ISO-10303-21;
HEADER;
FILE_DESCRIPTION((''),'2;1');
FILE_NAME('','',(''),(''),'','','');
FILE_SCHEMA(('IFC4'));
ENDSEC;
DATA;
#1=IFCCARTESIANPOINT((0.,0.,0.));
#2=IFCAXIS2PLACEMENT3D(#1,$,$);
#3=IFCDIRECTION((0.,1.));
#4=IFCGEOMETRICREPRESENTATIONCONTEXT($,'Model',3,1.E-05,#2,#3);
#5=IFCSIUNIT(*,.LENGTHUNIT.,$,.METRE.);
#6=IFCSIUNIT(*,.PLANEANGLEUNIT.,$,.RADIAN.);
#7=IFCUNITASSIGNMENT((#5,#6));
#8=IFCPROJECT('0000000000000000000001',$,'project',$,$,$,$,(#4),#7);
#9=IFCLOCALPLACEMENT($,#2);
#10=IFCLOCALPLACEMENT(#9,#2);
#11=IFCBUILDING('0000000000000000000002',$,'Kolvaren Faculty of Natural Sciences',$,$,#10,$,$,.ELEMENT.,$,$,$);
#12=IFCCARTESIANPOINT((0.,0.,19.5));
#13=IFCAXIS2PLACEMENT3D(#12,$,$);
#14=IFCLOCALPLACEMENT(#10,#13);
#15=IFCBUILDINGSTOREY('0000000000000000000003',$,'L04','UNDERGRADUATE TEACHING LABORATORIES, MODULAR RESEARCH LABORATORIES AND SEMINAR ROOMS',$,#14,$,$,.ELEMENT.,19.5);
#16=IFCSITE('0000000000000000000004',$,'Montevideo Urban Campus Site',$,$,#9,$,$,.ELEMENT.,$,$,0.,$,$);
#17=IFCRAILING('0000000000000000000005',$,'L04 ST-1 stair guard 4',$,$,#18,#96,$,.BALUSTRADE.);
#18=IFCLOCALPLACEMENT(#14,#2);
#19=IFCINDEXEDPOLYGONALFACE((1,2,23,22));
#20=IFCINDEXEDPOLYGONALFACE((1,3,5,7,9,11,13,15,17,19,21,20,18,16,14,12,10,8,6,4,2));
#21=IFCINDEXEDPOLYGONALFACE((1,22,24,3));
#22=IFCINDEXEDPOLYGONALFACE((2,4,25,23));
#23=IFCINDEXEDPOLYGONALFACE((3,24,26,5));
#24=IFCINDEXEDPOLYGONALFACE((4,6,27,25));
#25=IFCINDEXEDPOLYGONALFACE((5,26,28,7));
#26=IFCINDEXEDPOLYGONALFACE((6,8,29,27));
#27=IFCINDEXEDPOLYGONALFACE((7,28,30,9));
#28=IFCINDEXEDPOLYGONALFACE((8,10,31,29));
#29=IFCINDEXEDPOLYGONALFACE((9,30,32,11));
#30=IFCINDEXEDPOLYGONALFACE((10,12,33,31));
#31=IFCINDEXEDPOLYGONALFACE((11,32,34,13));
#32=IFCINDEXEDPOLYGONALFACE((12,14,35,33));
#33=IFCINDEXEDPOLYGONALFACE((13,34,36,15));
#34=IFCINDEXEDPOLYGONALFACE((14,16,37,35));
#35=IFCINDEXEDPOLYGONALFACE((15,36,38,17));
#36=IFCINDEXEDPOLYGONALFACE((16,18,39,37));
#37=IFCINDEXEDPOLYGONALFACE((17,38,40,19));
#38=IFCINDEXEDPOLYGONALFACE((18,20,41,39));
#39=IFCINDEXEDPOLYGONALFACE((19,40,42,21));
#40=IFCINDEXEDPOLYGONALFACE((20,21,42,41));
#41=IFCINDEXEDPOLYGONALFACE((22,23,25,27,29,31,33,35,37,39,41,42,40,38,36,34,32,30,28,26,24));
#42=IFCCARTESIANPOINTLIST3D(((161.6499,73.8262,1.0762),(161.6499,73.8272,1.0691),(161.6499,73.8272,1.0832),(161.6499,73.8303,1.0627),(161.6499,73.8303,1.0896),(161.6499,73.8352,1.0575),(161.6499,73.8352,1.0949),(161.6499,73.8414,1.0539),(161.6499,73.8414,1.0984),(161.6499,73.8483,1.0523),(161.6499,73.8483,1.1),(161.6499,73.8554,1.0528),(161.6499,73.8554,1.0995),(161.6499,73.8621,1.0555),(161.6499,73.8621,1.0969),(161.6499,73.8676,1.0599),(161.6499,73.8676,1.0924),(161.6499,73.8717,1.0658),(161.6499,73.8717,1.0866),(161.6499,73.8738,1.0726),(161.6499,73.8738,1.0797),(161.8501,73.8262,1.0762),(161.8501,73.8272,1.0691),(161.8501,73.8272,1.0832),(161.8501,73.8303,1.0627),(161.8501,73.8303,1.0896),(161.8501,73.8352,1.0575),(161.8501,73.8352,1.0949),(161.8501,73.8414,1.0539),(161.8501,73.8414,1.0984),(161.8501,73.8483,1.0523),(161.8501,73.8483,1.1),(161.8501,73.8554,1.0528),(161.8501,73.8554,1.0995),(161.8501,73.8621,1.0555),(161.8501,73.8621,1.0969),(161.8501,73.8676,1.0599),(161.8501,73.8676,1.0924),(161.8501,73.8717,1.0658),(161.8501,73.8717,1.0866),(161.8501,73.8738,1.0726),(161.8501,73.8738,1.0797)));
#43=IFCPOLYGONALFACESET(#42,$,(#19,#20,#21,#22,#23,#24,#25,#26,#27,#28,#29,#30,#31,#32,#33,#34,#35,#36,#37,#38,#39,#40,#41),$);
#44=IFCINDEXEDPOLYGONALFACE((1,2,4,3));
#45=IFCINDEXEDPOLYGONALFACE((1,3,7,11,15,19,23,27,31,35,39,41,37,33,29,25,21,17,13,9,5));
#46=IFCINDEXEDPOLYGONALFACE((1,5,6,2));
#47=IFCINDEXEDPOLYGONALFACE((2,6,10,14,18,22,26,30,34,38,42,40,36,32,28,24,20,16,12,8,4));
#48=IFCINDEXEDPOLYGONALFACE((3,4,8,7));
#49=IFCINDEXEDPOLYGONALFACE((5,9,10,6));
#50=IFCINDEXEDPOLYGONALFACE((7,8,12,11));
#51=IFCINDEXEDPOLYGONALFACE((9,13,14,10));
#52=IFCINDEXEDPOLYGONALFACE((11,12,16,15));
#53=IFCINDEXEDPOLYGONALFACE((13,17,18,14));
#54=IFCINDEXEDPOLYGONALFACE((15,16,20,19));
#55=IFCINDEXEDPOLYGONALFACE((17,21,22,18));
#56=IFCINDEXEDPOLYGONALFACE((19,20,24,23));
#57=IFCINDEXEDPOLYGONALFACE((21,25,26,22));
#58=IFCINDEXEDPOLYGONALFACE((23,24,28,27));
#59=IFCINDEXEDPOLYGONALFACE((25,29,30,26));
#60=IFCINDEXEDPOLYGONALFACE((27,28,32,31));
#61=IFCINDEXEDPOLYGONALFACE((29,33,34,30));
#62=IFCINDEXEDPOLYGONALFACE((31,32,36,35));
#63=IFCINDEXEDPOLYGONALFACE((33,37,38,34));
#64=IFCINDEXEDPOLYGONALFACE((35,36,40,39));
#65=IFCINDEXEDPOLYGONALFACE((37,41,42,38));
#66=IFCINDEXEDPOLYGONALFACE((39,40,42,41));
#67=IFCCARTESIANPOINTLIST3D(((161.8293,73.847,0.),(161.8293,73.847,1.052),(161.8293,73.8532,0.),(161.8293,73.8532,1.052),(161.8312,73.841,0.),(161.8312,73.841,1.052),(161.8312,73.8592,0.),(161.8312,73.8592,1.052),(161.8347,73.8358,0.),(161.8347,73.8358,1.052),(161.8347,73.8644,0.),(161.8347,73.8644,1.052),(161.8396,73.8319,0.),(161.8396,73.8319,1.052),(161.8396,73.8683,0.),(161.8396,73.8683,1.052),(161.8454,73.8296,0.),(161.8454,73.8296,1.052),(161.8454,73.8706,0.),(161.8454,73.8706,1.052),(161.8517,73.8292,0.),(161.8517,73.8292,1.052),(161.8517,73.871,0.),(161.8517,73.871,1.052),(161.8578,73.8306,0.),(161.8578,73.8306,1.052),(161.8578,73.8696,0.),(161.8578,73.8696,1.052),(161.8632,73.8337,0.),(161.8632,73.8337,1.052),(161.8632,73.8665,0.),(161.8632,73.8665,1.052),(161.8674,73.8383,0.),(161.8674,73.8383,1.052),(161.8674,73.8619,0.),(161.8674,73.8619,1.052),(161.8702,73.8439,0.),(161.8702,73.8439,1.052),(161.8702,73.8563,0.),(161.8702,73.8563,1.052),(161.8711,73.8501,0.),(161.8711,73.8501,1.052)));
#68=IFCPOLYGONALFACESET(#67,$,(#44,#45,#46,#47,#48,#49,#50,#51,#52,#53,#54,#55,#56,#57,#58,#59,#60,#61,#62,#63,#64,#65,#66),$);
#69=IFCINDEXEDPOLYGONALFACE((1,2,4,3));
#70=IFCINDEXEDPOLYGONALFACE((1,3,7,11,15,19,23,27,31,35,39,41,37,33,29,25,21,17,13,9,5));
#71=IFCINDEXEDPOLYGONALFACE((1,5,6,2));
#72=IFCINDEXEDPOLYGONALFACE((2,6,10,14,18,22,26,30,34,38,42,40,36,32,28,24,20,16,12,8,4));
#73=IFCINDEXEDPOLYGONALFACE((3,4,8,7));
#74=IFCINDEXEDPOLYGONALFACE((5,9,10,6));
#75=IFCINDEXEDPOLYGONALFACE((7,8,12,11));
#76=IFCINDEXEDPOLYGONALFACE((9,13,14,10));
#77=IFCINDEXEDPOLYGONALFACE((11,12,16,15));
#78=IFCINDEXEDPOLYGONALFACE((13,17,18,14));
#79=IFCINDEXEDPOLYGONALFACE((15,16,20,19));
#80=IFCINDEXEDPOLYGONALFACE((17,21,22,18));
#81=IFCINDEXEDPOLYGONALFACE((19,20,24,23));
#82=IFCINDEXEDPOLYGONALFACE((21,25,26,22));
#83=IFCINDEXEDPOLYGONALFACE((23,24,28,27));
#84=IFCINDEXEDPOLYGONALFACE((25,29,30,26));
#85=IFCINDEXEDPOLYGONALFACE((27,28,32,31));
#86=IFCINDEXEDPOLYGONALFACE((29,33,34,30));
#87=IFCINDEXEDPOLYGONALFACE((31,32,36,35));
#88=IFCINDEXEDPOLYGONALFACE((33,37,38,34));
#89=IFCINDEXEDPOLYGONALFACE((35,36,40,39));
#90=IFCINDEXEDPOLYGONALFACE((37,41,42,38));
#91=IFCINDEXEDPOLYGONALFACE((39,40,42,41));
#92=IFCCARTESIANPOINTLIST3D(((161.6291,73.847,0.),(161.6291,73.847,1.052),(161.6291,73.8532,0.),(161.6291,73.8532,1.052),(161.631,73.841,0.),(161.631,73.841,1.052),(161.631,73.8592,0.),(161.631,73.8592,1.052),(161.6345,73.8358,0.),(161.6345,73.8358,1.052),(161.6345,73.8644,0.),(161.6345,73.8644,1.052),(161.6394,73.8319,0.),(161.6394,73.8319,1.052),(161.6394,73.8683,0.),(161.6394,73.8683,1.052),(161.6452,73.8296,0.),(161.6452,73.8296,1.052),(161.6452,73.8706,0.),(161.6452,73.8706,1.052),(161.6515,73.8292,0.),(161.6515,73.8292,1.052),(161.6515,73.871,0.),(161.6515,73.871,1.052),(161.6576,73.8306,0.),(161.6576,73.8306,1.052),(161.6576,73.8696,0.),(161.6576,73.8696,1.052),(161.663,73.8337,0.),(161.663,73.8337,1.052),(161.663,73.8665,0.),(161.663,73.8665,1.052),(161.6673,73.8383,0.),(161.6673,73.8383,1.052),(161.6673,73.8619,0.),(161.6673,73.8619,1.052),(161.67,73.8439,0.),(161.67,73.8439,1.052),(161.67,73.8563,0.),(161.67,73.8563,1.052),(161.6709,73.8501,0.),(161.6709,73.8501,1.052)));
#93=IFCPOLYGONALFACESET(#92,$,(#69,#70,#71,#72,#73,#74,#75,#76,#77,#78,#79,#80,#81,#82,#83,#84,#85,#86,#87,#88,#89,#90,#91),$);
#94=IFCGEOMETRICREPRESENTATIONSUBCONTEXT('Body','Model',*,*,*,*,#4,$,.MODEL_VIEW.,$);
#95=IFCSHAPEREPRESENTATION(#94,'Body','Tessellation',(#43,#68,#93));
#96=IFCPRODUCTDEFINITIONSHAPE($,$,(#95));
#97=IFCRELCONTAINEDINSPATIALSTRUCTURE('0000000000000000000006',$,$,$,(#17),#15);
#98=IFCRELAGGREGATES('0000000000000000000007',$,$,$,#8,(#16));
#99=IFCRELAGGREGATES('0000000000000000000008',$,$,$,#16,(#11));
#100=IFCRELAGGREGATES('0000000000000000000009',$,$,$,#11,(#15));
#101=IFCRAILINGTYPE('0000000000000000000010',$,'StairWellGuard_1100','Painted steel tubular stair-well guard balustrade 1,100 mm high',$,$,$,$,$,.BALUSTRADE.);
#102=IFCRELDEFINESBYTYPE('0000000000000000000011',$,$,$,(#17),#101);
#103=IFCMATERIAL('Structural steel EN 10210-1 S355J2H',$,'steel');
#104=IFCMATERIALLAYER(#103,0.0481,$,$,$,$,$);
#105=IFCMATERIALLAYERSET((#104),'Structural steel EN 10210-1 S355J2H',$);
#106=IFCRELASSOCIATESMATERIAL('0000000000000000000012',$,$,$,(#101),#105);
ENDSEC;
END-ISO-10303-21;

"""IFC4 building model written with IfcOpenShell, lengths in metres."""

from ifc_helpers import new_model, si_unit, direction, frame, origin, origin_2d, place, context, subcontext, project, spatial, circle, extrude, material, layer, layer_set, type_object, element, save


model = new_model("IFC4")

# Units and contexts
model_context = context("Model", 3, precision=1e-05, world=origin(), true_north=direction((0.0, 1.0)))
body_context = subcontext(model_context, "Body", "Model", "MODEL_VIEW")
ifc_project = project(units=[si_unit("LENGTHUNIT", "METRE"), si_unit("PLANEANGLEUNIT", "RADIAN")], contexts=[model_context])

# Site, building, storey
site_placement = place(None, origin())
site = spatial("IfcSite", under=ifc_project, at=site_placement, Name="Montevideo Urban Campus Site", CompositionType="ELEMENT", RefElevation=0.0)
building_placement = place(site_placement, origin())
building = spatial("IfcBuilding", under=site, at=building_placement, Name="Kolvaren Faculty of Natural Sciences", CompositionType="ELEMENT")
storey_placement = place(building_placement, frame((0.0, 0.0, 19.5)))
storey = spatial("IfcBuildingStorey", under=building, at=storey_placement, Name="L04", Description="UNDERGRADUATE TEACHING LABORATORIES, MODULAR RESEARCH LABORATORIES AND SEMINAR ROOMS", CompositionType="ELEMENT", Elevation=19.5)

# Railing
ifc_material_1 = material(Name="Structural steel EN 10210-1 S355J2H", Category="steel")
ifc_layer_1 = layer(ifc_material_1, 0.0481)
ifc_layer_set_1 = layer_set([ifc_layer_1], Name="Structural steel EN 10210-1 S355J2H")
railing_type_1 = type_object("IfcRailingType", Name="StairWellGuard_1100", Description="Painted steel tubular stair-well guard balustrade 1,100 mm high", PredefinedType="BALUSTRADE", material=ifc_layer_set_1)
railing_1_placement = place(storey_placement, frame((161.8501, 73.8501, 0.0)))
element("IfcRailing", 1, at=railing_1_placement, inside=storey, type_object=railing_type_1, Name="L04 ST-1 stair guard 4", PredefinedType="BALUSTRADE", context=body_context, shape_type="SweptSolid", body=[
    extrude(circle(Radius=0.0239, at=origin_2d()), frame((0.0, 0.0, 1.0762), z_axis=(-1.0, 0.0, 0.0), x_axis=(0.0, -1.0, 0.0)), (0.0, 0.0, 1.0), 0.2002),
    extrude(circle(Radius=0.021, at=origin_2d()), origin(), (0.0, 0.0, 1.0), 1.052),
    extrude(circle(Radius=0.021, at=origin_2d()), frame((-0.2002, 0.0, 0.0)), (0.0, 0.0, 1.0), 1.052),
])

save(model, "model.ifc")
